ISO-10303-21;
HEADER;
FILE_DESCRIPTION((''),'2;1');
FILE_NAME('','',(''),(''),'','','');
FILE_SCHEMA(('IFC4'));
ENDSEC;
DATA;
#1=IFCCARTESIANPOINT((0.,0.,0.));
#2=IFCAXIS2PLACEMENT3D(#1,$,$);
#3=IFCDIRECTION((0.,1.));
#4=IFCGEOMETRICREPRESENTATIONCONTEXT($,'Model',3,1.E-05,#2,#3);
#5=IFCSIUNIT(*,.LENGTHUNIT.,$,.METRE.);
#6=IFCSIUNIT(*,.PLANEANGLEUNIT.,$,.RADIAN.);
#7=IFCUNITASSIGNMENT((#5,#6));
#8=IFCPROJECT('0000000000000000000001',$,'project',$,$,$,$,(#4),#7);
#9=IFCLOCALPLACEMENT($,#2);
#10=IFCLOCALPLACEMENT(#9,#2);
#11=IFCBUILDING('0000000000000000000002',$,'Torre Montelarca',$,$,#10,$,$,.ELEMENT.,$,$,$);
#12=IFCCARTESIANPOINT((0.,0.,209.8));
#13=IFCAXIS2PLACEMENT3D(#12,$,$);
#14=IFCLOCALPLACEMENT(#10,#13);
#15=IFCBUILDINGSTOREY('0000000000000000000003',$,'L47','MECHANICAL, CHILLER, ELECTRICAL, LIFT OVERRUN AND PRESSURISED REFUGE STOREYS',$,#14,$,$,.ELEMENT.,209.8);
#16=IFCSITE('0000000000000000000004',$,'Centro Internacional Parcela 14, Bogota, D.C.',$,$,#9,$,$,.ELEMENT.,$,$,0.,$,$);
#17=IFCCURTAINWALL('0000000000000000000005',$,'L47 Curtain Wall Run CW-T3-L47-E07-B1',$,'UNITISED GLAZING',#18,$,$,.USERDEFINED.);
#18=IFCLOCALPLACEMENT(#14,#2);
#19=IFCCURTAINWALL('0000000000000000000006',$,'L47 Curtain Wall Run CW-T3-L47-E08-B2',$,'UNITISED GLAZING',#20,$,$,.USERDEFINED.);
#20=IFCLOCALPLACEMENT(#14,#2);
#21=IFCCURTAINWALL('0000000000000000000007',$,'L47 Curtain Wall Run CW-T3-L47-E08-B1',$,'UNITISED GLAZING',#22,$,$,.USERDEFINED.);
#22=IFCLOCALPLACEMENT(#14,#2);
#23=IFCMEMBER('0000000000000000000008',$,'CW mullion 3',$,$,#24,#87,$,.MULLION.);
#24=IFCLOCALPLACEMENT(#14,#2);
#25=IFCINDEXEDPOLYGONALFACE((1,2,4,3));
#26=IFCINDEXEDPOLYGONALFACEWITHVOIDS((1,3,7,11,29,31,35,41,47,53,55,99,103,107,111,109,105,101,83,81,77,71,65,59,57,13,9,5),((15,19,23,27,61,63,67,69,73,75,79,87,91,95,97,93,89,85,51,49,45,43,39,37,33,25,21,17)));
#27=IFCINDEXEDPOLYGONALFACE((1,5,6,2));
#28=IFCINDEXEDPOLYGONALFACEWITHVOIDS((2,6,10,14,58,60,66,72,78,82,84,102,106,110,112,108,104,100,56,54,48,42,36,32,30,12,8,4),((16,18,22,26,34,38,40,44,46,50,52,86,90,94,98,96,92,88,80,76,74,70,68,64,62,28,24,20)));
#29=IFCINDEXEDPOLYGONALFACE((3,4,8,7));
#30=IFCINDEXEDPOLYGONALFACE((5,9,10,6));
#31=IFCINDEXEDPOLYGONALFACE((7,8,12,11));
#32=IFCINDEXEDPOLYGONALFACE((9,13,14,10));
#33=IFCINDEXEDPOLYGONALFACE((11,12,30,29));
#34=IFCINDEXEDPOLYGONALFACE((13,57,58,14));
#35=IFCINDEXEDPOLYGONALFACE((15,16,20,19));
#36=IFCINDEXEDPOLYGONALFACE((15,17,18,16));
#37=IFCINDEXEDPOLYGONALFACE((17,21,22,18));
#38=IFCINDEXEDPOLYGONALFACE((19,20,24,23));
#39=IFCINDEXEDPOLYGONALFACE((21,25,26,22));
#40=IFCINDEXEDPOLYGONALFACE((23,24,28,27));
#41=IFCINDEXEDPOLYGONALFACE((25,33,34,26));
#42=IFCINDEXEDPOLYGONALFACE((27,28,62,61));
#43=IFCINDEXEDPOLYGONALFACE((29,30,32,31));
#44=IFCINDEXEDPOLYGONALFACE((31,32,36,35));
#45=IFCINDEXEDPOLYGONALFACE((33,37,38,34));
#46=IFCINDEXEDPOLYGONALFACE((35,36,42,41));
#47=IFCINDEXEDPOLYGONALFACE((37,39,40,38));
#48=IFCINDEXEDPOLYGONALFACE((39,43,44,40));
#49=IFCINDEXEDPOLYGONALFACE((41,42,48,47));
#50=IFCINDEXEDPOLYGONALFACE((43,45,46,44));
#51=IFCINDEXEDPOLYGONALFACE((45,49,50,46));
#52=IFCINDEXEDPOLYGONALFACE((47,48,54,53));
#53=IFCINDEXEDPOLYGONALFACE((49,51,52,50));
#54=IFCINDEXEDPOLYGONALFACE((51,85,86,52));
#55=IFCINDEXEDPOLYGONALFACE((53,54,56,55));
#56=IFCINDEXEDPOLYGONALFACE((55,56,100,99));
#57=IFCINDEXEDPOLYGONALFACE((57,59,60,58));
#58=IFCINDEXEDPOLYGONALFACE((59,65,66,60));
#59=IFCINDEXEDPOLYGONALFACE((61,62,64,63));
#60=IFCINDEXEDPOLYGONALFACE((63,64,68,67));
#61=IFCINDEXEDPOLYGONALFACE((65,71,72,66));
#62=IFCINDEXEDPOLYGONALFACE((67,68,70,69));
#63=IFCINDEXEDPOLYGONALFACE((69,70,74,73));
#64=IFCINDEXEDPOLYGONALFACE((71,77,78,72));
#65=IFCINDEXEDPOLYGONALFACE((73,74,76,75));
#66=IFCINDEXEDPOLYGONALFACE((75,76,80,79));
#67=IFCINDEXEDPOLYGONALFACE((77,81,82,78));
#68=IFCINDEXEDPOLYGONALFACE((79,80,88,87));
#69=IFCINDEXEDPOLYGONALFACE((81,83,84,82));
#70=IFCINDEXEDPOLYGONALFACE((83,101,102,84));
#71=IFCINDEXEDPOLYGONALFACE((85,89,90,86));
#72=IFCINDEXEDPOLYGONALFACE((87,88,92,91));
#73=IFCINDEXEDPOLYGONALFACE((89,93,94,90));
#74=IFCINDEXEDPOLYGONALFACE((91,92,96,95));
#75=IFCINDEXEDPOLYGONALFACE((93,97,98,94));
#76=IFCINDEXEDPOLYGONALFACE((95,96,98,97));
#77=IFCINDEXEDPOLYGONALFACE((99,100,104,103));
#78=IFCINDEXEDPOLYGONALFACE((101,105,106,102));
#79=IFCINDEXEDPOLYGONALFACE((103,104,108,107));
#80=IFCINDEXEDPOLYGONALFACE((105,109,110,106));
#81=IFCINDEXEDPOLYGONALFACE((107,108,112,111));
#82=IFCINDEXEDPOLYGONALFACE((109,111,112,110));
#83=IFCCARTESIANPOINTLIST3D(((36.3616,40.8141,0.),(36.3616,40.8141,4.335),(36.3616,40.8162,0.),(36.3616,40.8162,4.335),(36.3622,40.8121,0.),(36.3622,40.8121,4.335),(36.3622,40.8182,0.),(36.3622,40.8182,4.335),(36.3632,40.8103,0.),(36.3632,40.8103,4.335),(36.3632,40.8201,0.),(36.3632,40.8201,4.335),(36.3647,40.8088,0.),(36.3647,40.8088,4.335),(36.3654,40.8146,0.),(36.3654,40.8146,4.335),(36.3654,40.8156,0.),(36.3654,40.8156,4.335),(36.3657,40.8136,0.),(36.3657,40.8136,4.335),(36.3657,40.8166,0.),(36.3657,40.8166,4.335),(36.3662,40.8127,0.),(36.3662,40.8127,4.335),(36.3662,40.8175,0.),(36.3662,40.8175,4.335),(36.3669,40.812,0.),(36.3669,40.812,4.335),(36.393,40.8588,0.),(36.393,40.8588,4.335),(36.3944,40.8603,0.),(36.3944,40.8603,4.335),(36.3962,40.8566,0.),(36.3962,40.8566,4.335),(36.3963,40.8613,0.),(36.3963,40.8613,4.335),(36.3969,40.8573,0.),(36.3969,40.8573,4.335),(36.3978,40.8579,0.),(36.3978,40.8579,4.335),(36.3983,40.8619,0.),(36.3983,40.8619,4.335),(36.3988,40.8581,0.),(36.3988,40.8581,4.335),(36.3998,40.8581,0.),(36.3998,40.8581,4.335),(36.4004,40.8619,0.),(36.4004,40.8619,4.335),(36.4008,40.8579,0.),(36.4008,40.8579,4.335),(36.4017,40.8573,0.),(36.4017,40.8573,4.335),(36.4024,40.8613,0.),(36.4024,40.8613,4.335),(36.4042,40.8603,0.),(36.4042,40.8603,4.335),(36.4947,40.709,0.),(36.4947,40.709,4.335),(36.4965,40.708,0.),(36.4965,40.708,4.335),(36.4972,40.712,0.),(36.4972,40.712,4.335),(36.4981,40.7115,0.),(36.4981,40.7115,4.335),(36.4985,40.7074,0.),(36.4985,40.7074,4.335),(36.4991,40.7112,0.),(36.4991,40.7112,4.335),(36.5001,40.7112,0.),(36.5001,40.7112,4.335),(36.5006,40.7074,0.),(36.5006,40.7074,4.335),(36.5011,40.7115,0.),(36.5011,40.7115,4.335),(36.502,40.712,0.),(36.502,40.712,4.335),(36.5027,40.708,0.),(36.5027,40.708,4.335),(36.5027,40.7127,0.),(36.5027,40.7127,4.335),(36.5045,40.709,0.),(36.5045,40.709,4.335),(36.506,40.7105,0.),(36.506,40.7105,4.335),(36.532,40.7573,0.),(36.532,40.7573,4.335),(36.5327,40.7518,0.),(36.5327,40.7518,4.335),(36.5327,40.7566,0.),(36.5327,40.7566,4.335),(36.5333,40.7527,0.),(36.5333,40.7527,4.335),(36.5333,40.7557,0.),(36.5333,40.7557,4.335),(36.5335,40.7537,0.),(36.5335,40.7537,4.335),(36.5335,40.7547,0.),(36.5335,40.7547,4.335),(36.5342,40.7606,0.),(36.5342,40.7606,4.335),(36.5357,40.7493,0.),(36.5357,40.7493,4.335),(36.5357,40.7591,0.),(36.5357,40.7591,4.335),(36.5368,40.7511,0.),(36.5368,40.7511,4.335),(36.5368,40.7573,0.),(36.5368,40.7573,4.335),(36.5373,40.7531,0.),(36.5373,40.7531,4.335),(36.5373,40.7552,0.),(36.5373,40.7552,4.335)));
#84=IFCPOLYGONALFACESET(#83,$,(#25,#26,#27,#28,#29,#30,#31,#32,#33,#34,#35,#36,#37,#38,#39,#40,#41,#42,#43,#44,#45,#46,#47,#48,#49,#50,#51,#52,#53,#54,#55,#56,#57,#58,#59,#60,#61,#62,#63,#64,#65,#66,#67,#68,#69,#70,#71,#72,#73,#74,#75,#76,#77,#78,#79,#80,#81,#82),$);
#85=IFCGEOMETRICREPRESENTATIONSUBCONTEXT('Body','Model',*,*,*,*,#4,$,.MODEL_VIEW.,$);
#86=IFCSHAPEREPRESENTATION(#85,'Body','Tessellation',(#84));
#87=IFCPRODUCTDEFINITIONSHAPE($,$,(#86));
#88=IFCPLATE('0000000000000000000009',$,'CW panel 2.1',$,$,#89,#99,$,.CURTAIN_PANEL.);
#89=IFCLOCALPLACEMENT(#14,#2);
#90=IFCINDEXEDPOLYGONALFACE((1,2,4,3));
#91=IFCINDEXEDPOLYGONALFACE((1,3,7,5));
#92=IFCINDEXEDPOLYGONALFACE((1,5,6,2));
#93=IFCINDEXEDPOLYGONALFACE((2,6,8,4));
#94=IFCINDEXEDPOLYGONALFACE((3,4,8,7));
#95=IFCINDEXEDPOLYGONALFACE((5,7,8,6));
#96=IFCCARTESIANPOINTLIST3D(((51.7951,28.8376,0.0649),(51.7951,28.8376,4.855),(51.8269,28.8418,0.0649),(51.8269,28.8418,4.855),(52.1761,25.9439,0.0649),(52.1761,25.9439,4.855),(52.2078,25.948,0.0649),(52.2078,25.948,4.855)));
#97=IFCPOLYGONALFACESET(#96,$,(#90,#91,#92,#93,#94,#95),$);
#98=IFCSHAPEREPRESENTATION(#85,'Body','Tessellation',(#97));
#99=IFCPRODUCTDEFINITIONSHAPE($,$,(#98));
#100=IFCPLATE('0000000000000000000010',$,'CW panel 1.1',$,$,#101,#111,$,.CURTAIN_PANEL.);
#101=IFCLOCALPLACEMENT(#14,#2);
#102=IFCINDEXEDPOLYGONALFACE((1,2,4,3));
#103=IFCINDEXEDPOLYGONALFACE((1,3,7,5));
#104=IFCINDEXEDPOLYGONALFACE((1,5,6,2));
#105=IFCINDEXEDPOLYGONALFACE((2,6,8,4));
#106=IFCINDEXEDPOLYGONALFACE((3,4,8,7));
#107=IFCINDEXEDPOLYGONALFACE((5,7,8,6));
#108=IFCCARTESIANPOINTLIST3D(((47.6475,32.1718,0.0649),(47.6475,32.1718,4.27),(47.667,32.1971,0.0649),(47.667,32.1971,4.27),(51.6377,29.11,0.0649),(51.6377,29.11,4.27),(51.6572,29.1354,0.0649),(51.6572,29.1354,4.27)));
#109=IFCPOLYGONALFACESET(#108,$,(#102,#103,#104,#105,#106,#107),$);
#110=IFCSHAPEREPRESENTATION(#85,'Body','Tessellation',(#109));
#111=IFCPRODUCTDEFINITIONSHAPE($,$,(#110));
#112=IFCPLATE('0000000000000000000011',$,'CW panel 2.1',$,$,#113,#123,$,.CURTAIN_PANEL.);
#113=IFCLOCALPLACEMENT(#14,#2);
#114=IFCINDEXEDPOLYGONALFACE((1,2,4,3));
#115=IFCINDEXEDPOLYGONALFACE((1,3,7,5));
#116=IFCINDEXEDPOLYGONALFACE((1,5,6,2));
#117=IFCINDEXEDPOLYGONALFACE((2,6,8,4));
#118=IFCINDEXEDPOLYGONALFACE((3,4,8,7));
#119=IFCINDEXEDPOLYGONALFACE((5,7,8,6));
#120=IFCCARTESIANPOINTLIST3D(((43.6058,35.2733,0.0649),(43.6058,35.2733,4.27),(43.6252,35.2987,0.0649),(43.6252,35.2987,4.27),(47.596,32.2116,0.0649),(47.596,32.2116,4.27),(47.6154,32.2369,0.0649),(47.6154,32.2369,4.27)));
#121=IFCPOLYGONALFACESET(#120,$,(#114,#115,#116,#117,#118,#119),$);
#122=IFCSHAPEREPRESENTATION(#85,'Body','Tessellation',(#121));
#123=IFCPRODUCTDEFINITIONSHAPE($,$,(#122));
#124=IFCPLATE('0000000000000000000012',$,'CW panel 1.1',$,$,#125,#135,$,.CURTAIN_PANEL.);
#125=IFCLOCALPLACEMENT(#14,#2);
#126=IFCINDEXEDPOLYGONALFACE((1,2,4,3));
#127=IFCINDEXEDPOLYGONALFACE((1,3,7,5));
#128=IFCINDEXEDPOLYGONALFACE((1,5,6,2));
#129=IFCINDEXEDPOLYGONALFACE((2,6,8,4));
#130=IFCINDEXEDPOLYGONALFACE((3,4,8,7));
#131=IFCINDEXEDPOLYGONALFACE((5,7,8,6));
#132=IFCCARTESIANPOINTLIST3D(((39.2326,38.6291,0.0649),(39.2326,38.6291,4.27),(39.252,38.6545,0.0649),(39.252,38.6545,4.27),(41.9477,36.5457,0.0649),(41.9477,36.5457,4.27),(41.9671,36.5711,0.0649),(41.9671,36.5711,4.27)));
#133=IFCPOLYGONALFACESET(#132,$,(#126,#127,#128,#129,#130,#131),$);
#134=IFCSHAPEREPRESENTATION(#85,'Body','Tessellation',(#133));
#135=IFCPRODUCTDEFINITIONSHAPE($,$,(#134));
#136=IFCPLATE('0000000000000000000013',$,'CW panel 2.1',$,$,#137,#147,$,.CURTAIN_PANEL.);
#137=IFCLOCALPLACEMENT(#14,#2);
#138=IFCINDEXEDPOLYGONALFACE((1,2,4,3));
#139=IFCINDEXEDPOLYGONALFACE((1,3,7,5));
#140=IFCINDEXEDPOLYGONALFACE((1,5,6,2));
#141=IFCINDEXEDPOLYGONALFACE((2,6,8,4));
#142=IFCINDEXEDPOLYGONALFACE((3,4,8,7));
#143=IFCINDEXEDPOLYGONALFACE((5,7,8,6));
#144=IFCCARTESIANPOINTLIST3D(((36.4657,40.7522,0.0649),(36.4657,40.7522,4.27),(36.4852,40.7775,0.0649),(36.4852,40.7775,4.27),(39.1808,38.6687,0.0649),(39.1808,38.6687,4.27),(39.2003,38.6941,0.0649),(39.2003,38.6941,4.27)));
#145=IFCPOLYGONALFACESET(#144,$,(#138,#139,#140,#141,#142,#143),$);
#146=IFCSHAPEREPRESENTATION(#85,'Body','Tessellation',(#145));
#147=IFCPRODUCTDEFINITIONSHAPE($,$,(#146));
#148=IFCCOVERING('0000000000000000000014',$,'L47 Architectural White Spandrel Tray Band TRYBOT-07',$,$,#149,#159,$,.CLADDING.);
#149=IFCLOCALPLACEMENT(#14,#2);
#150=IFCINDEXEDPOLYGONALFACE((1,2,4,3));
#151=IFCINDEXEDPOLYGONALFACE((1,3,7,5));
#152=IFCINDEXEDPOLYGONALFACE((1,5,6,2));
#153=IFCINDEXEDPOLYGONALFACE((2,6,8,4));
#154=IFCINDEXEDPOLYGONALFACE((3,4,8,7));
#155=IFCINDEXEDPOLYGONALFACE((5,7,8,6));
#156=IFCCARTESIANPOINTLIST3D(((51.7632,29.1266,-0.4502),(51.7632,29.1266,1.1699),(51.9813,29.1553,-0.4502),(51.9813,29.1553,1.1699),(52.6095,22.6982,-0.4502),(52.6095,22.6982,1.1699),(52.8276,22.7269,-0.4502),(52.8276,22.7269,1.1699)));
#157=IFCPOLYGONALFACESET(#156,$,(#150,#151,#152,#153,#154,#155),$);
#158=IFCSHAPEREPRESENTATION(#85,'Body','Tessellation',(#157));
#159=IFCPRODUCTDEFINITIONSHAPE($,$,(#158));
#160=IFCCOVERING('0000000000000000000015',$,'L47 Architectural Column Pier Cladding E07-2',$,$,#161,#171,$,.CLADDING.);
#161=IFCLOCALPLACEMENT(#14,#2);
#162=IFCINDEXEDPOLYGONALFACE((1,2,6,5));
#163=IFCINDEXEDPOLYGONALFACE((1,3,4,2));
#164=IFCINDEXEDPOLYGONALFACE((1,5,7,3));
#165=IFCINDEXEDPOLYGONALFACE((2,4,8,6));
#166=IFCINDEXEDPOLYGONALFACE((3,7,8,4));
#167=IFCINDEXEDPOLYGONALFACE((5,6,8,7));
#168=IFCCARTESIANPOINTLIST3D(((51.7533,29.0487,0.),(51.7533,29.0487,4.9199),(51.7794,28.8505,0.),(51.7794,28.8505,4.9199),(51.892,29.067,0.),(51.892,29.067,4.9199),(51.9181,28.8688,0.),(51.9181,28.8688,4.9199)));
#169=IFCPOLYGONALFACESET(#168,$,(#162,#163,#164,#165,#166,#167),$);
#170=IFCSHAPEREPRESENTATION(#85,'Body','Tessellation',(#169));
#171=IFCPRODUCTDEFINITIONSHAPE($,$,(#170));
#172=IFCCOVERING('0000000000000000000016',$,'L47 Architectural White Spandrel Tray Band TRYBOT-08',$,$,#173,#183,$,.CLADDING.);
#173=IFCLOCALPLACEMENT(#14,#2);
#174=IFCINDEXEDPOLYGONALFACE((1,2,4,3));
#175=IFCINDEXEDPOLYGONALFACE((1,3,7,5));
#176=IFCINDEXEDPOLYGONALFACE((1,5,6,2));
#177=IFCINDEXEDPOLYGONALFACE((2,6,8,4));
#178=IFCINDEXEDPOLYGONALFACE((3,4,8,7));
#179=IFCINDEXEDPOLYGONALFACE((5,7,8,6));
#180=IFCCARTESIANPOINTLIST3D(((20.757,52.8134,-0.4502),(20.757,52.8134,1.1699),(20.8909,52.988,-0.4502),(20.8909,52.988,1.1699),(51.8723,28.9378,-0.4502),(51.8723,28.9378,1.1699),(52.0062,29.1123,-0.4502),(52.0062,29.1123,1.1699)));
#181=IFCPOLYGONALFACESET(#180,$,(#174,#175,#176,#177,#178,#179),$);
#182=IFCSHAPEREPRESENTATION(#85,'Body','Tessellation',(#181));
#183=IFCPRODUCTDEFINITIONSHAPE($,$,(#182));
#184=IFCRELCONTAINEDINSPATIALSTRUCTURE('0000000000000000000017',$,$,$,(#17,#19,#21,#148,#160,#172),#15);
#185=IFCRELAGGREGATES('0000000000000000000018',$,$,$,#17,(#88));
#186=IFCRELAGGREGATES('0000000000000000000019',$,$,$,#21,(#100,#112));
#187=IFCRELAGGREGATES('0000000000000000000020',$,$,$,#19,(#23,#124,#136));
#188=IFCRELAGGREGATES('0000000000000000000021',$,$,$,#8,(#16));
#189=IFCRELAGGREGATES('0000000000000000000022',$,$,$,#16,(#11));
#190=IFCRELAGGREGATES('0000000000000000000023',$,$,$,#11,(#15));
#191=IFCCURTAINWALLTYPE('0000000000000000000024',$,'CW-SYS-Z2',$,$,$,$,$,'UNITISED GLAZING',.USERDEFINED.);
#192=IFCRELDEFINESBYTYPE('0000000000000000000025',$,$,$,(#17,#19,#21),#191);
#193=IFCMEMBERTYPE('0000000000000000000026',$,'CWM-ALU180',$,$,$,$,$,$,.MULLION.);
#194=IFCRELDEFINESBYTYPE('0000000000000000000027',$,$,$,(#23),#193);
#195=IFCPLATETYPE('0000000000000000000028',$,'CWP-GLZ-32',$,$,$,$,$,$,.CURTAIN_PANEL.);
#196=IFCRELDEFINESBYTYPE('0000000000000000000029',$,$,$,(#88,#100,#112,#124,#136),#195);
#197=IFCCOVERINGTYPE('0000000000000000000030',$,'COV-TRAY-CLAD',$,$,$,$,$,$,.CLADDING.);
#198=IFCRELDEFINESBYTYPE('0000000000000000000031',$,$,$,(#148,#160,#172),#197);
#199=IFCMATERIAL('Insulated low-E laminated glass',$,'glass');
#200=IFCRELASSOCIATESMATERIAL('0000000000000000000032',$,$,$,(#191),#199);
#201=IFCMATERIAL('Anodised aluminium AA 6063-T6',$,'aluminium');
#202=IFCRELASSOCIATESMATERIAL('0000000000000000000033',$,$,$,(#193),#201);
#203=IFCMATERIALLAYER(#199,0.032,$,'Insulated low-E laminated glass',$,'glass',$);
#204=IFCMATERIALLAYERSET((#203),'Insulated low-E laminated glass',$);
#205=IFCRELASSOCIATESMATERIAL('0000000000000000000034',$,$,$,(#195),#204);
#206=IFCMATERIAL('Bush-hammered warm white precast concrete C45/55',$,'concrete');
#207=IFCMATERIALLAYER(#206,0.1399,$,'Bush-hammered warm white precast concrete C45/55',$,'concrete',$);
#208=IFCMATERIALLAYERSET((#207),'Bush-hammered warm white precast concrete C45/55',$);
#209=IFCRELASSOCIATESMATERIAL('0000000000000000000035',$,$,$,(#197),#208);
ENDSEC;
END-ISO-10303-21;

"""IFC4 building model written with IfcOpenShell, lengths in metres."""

from ifc_helpers import new_model, si_unit, direction, frame, origin, origin_2d, place, context, subcontext, project, spatial, rectangle, hollow_rectangle, extrude, source, transform, mapped, material, layer, layer_set, material_profile, profile_set, type_object, element, aggregate, save


model = new_model("IFC4")

# Units and contexts
model_context = context("Model", 3, precision=1e-05, world=origin(), true_north=direction((0.0, 1.0)))
body_context = subcontext(model_context, "Body", "Model", "MODEL_VIEW")
ifc_project = project(units=[si_unit("LENGTHUNIT", "METRE"), si_unit("PLANEANGLEUNIT", "RADIAN")], contexts=[model_context])

# Site, building, storey
site_placement = place(None, origin())
site = spatial("IfcSite", under=ifc_project, at=site_placement, Name="Centro Internacional Parcela 14, Bogota, D.C.", CompositionType="ELEMENT", RefElevation=0.0)
building_placement = place(site_placement, origin())
building = spatial("IfcBuilding", under=site, at=building_placement, Name="Torre Montelarca", CompositionType="ELEMENT")
storey_placement = place(building_placement, frame((0.0, 0.0, 209.8)))
storey = spatial("IfcBuildingStorey", under=building, at=storey_placement, Name="L47", Description="MECHANICAL, CHILLER, ELECTRICAL, LIFT OVERRUN AND PRESSURISED REFUGE STOREYS", CompositionType="ELEMENT", Elevation=209.8)

# Curtain walls
ifc_material_1 = material(Name="Insulated low-E laminated glass", Category="glass")
curtain_wall_type = type_object("IfcCurtainWallType", Name="CW-SYS-Z2", ElementType="UNITISED GLAZING", PredefinedType="USERDEFINED", material=ifc_material_1)
curtain_wall_1_placement = place(storey_placement, origin())
curtain_wall_1 = element("IfcCurtainWall", 1, at=curtain_wall_1_placement, inside=storey, type_object=curtain_wall_type, Name="L47 Curtain Wall Run CW-T3-L47-E07-B1", ObjectType="UNITISED GLAZING", PredefinedType="USERDEFINED")
ifc_material_2 = material(Name="Anodised aluminium AA 6063-T6", Category="aluminium")
ifc_material_profile_1 = material_profile(ifc_material_2, hollow_rectangle(XDim=0.0649, YDim=0.1799, WallThickness=0.0039, InnerFilletRadius=0.0039, OuterFilletRadius=0.0081, at=origin_2d()), Name="ALU65X180X4", Category="aluminium")
ifc_profile_set_1 = profile_set([ifc_material_profile_1], Name="Anodised aluminium AA 6063-T6")
member_type_1 = type_object("IfcMemberType", Name="CWM-ALU180", PredefinedType="MULLION", material=ifc_profile_set_1)
curtain_wall_2_placement = place(storey_placement, origin())
curtain_wall_2 = element("IfcCurtainWall", 2, at=curtain_wall_2_placement, inside=storey, type_object=curtain_wall_type, Name="L47 Curtain Wall Run CW-T3-L47-E08-B2", ObjectType="UNITISED GLAZING", PredefinedType="USERDEFINED")
curtain_wall_3_placement = place(storey_placement, origin())
curtain_wall_3 = element("IfcCurtainWall", 3, at=curtain_wall_3_placement, inside=storey, type_object=curtain_wall_type, Name="L47 Curtain Wall Run CW-T3-L47-E08-B1", ObjectType="UNITISED GLAZING", PredefinedType="USERDEFINED")

# Member
shared_shape_1 = source(origin(), body_context, "Body", "SweptSolid", [
    extrude(hollow_rectangle(XDim=0.0649, YDim=0.1799, WallThickness=0.0039, InnerFilletRadius=0.0039, OuterFilletRadius=0.0081, at=origin_2d()), origin(), (0.0, 0.0, 1.0), 4.335),
])
member_1_placement = place(storey_placement, frame((36.4495, 40.7847, 0.0), z_axis=(0.0, 0.0, 1.0), x_axis=(-0.608771, -0.793346, 0.0)))
member_1 = element("IfcMember", 4, at=member_1_placement, type_object=member_type_1, Name="CW mullion 3", PredefinedType="MULLION", context=body_context, shape_type="MappedRepresentation", body=[
    mapped(shared_shape_1, transform((0.0, 0.0, 0.0), scale=1.0)),
])

# Plates
ifc_layer_1 = layer(ifc_material_1, 0.032, Name="Insulated low-E laminated glass", Category="glass")
ifc_layer_set_1 = layer_set([ifc_layer_1], Name="Insulated low-E laminated glass")
plate_type = type_object("IfcPlateType", Name="CWP-GLZ-32", PredefinedType="CURTAIN_PANEL", material=ifc_layer_set_1)
shared_shape_2 = source(origin(), body_context, "Body", "SweptSolid", [
    extrude(rectangle(XDim=2.9187, YDim=0.032, at=origin_2d()), origin(), (0.0, 0.0, 1.0), 4.79),
])
plate_1_placement = place(storey_placement, frame((52.0015, 27.3928, 0.0649), z_axis=(0.0, 0.0, 1.0), x_axis=(-0.130514, 0.991446, 0.0)))
plate_1 = element("IfcPlate", 5, at=plate_1_placement, type_object=plate_type, Name="CW panel 2.1", PredefinedType="CURTAIN_PANEL", context=body_context, shape_type="MappedRepresentation", body=[
    mapped(shared_shape_2, transform((0.0, 0.0, 0.0), scale=1.0)),
])
aggregate(curtain_wall_1, [plate_1])
shared_shape_3 = source(origin(), body_context, "Body", "SweptSolid", [
    extrude(rectangle(XDim=5.0295, YDim=0.032, at=origin_2d()), origin(), (0.0, 0.0, 1.0), 4.2051),
])
plate_2_placement = place(storey_placement, frame((49.6523, 30.6536, 0.0649), z_axis=(0.0, 0.0, 1.0), x_axis=(-0.793356, 0.608758, 0.0)))
plate_2 = element("IfcPlate", 6, at=plate_2_placement, type_object=plate_type, Name="CW panel 1.1", PredefinedType="CURTAIN_PANEL", context=body_context, shape_type="MappedRepresentation", body=[
    mapped(shared_shape_3, transform((0.0, 0.0, 0.0), scale=1.0)),
])
plate_3_placement = place(storey_placement, frame((45.6106, 33.7551, 0.0649), z_axis=(0.0, 0.0, 1.0), x_axis=(-0.793356, 0.608758, 0.0)))
plate_3 = element("IfcPlate", 7, at=plate_3_placement, type_object=plate_type, Name="CW panel 2.1", PredefinedType="CURTAIN_PANEL", context=body_context, shape_type="MappedRepresentation", body=[
    mapped(shared_shape_3, transform((0.0, 0.0, 0.0), scale=1.0)),
])
aggregate(curtain_wall_3, [plate_2, plate_3])
shared_shape_4 = source(origin(), body_context, "Body", "SweptSolid", [
    extrude(rectangle(XDim=3.4224, YDim=0.032, at=origin_2d()), origin(), (0.0, 0.0, 1.0), 4.2051),
])
plate_4_placement = place(storey_placement, frame((40.5999, 37.6001, 0.0649), z_axis=(0.0, 0.0, 1.0), x_axis=(-0.793346, 0.608771, 0.0)))
plate_4 = element("IfcPlate", 8, at=plate_4_placement, type_object=plate_type, Name="CW panel 1.1", PredefinedType="CURTAIN_PANEL", context=body_context, shape_type="MappedRepresentation", body=[
    mapped(shared_shape_4, transform((0.0, 0.0, 0.0), scale=1.0)),
])
plate_5_placement = place(storey_placement, frame((37.833, 39.7231, 0.0649), z_axis=(0.0, 0.0, 1.0), x_axis=(-0.793346, 0.608771, 0.0)))
plate_5 = element("IfcPlate", 9, at=plate_5_placement, type_object=plate_type, Name="CW panel 2.1", PredefinedType="CURTAIN_PANEL", context=body_context, shape_type="MappedRepresentation", body=[
    mapped(shared_shape_4, transform((0.0, 0.0, 0.0), scale=1.0)),
])
aggregate(curtain_wall_2, [member_1, plate_4, plate_5])

# Coverings
ifc_material_3 = material(Name="Bush-hammered warm white precast concrete C45/55", Category="concrete")
ifc_layer_2 = layer(ifc_material_3, 0.1399, Name="Bush-hammered warm white precast concrete C45/55", Category="concrete")
ifc_layer_set_2 = layer_set([ifc_layer_2], Name="Bush-hammered warm white precast concrete C45/55")
covering_type = type_object("IfcCoveringType", Name="COV-TRAY-CLAD", PredefinedType="CLADDING", material=ifc_layer_set_2)
shared_shape_5 = source(origin(), body_context, "Body", "SweptSolid", [
    extrude(rectangle(XDim=6.4839, YDim=0.22, at=origin_2d()), origin(), (0.0, 0.0, 1.0), 1.6201),
])
covering_1_placement = place(storey_placement, frame((52.2954, 25.9268, -0.4502), z_axis=(0.0, 0.0, 1.0), x_axis=(-0.130531, 0.991444, 0.0)))
element("IfcCovering", 10, at=covering_1_placement, inside=storey, type_object=covering_type, Name="L47 Architectural White Spandrel Tray Band TRYBOT-07", PredefinedType="CLADDING", context=body_context, shape_type="MappedRepresentation", body=[
    mapped(shared_shape_5, transform((0.0, 0.0, 0.0), scale=1.0)),
])
shared_shape_6 = source(origin(), body_context, "Body", "SweptSolid", [
    extrude(rectangle(XDim=0.2, YDim=0.1399, at=origin_2d()), origin(), (0.0, 0.0, 1.0), 4.9199),
])
covering_2_placement = place(storey_placement, frame((51.8357, 28.9587, 0.0), z_axis=(0.0, 0.0, 1.0), x_axis=(-0.130531, 0.991444, 0.0)))
element("IfcCovering", 11, at=covering_2_placement, inside=storey, type_object=covering_type, Name="L47 Architectural Column Pier Cladding E07-2", PredefinedType="CLADDING", context=body_context, shape_type="MappedRepresentation", body=[
    mapped(shared_shape_6, transform((0.0, 0.0, 0.0), scale=1.0)),
])
shared_shape_7 = source(origin(), body_context, "Body", "SweptSolid", [
    extrude(rectangle(XDim=39.22, YDim=0.22, at=origin_2d()), origin(), (0.0, 0.0, 1.0), 1.6201),
])
covering_3_placement = place(storey_placement, frame((36.3816, 40.9629, -0.4502), z_axis=(0.0, 0.0, 1.0), x_axis=(-0.793353, 0.608761, 0.0)))
element("IfcCovering", 12, at=covering_3_placement, inside=storey, type_object=covering_type, Name="L47 Architectural White Spandrel Tray Band TRYBOT-08", PredefinedType="CLADDING", context=body_context, shape_type="MappedRepresentation", body=[
    mapped(shared_shape_7, transform((0.0, 0.0, 0.0), scale=1.0)),
])

save(model, "model.ifc")
